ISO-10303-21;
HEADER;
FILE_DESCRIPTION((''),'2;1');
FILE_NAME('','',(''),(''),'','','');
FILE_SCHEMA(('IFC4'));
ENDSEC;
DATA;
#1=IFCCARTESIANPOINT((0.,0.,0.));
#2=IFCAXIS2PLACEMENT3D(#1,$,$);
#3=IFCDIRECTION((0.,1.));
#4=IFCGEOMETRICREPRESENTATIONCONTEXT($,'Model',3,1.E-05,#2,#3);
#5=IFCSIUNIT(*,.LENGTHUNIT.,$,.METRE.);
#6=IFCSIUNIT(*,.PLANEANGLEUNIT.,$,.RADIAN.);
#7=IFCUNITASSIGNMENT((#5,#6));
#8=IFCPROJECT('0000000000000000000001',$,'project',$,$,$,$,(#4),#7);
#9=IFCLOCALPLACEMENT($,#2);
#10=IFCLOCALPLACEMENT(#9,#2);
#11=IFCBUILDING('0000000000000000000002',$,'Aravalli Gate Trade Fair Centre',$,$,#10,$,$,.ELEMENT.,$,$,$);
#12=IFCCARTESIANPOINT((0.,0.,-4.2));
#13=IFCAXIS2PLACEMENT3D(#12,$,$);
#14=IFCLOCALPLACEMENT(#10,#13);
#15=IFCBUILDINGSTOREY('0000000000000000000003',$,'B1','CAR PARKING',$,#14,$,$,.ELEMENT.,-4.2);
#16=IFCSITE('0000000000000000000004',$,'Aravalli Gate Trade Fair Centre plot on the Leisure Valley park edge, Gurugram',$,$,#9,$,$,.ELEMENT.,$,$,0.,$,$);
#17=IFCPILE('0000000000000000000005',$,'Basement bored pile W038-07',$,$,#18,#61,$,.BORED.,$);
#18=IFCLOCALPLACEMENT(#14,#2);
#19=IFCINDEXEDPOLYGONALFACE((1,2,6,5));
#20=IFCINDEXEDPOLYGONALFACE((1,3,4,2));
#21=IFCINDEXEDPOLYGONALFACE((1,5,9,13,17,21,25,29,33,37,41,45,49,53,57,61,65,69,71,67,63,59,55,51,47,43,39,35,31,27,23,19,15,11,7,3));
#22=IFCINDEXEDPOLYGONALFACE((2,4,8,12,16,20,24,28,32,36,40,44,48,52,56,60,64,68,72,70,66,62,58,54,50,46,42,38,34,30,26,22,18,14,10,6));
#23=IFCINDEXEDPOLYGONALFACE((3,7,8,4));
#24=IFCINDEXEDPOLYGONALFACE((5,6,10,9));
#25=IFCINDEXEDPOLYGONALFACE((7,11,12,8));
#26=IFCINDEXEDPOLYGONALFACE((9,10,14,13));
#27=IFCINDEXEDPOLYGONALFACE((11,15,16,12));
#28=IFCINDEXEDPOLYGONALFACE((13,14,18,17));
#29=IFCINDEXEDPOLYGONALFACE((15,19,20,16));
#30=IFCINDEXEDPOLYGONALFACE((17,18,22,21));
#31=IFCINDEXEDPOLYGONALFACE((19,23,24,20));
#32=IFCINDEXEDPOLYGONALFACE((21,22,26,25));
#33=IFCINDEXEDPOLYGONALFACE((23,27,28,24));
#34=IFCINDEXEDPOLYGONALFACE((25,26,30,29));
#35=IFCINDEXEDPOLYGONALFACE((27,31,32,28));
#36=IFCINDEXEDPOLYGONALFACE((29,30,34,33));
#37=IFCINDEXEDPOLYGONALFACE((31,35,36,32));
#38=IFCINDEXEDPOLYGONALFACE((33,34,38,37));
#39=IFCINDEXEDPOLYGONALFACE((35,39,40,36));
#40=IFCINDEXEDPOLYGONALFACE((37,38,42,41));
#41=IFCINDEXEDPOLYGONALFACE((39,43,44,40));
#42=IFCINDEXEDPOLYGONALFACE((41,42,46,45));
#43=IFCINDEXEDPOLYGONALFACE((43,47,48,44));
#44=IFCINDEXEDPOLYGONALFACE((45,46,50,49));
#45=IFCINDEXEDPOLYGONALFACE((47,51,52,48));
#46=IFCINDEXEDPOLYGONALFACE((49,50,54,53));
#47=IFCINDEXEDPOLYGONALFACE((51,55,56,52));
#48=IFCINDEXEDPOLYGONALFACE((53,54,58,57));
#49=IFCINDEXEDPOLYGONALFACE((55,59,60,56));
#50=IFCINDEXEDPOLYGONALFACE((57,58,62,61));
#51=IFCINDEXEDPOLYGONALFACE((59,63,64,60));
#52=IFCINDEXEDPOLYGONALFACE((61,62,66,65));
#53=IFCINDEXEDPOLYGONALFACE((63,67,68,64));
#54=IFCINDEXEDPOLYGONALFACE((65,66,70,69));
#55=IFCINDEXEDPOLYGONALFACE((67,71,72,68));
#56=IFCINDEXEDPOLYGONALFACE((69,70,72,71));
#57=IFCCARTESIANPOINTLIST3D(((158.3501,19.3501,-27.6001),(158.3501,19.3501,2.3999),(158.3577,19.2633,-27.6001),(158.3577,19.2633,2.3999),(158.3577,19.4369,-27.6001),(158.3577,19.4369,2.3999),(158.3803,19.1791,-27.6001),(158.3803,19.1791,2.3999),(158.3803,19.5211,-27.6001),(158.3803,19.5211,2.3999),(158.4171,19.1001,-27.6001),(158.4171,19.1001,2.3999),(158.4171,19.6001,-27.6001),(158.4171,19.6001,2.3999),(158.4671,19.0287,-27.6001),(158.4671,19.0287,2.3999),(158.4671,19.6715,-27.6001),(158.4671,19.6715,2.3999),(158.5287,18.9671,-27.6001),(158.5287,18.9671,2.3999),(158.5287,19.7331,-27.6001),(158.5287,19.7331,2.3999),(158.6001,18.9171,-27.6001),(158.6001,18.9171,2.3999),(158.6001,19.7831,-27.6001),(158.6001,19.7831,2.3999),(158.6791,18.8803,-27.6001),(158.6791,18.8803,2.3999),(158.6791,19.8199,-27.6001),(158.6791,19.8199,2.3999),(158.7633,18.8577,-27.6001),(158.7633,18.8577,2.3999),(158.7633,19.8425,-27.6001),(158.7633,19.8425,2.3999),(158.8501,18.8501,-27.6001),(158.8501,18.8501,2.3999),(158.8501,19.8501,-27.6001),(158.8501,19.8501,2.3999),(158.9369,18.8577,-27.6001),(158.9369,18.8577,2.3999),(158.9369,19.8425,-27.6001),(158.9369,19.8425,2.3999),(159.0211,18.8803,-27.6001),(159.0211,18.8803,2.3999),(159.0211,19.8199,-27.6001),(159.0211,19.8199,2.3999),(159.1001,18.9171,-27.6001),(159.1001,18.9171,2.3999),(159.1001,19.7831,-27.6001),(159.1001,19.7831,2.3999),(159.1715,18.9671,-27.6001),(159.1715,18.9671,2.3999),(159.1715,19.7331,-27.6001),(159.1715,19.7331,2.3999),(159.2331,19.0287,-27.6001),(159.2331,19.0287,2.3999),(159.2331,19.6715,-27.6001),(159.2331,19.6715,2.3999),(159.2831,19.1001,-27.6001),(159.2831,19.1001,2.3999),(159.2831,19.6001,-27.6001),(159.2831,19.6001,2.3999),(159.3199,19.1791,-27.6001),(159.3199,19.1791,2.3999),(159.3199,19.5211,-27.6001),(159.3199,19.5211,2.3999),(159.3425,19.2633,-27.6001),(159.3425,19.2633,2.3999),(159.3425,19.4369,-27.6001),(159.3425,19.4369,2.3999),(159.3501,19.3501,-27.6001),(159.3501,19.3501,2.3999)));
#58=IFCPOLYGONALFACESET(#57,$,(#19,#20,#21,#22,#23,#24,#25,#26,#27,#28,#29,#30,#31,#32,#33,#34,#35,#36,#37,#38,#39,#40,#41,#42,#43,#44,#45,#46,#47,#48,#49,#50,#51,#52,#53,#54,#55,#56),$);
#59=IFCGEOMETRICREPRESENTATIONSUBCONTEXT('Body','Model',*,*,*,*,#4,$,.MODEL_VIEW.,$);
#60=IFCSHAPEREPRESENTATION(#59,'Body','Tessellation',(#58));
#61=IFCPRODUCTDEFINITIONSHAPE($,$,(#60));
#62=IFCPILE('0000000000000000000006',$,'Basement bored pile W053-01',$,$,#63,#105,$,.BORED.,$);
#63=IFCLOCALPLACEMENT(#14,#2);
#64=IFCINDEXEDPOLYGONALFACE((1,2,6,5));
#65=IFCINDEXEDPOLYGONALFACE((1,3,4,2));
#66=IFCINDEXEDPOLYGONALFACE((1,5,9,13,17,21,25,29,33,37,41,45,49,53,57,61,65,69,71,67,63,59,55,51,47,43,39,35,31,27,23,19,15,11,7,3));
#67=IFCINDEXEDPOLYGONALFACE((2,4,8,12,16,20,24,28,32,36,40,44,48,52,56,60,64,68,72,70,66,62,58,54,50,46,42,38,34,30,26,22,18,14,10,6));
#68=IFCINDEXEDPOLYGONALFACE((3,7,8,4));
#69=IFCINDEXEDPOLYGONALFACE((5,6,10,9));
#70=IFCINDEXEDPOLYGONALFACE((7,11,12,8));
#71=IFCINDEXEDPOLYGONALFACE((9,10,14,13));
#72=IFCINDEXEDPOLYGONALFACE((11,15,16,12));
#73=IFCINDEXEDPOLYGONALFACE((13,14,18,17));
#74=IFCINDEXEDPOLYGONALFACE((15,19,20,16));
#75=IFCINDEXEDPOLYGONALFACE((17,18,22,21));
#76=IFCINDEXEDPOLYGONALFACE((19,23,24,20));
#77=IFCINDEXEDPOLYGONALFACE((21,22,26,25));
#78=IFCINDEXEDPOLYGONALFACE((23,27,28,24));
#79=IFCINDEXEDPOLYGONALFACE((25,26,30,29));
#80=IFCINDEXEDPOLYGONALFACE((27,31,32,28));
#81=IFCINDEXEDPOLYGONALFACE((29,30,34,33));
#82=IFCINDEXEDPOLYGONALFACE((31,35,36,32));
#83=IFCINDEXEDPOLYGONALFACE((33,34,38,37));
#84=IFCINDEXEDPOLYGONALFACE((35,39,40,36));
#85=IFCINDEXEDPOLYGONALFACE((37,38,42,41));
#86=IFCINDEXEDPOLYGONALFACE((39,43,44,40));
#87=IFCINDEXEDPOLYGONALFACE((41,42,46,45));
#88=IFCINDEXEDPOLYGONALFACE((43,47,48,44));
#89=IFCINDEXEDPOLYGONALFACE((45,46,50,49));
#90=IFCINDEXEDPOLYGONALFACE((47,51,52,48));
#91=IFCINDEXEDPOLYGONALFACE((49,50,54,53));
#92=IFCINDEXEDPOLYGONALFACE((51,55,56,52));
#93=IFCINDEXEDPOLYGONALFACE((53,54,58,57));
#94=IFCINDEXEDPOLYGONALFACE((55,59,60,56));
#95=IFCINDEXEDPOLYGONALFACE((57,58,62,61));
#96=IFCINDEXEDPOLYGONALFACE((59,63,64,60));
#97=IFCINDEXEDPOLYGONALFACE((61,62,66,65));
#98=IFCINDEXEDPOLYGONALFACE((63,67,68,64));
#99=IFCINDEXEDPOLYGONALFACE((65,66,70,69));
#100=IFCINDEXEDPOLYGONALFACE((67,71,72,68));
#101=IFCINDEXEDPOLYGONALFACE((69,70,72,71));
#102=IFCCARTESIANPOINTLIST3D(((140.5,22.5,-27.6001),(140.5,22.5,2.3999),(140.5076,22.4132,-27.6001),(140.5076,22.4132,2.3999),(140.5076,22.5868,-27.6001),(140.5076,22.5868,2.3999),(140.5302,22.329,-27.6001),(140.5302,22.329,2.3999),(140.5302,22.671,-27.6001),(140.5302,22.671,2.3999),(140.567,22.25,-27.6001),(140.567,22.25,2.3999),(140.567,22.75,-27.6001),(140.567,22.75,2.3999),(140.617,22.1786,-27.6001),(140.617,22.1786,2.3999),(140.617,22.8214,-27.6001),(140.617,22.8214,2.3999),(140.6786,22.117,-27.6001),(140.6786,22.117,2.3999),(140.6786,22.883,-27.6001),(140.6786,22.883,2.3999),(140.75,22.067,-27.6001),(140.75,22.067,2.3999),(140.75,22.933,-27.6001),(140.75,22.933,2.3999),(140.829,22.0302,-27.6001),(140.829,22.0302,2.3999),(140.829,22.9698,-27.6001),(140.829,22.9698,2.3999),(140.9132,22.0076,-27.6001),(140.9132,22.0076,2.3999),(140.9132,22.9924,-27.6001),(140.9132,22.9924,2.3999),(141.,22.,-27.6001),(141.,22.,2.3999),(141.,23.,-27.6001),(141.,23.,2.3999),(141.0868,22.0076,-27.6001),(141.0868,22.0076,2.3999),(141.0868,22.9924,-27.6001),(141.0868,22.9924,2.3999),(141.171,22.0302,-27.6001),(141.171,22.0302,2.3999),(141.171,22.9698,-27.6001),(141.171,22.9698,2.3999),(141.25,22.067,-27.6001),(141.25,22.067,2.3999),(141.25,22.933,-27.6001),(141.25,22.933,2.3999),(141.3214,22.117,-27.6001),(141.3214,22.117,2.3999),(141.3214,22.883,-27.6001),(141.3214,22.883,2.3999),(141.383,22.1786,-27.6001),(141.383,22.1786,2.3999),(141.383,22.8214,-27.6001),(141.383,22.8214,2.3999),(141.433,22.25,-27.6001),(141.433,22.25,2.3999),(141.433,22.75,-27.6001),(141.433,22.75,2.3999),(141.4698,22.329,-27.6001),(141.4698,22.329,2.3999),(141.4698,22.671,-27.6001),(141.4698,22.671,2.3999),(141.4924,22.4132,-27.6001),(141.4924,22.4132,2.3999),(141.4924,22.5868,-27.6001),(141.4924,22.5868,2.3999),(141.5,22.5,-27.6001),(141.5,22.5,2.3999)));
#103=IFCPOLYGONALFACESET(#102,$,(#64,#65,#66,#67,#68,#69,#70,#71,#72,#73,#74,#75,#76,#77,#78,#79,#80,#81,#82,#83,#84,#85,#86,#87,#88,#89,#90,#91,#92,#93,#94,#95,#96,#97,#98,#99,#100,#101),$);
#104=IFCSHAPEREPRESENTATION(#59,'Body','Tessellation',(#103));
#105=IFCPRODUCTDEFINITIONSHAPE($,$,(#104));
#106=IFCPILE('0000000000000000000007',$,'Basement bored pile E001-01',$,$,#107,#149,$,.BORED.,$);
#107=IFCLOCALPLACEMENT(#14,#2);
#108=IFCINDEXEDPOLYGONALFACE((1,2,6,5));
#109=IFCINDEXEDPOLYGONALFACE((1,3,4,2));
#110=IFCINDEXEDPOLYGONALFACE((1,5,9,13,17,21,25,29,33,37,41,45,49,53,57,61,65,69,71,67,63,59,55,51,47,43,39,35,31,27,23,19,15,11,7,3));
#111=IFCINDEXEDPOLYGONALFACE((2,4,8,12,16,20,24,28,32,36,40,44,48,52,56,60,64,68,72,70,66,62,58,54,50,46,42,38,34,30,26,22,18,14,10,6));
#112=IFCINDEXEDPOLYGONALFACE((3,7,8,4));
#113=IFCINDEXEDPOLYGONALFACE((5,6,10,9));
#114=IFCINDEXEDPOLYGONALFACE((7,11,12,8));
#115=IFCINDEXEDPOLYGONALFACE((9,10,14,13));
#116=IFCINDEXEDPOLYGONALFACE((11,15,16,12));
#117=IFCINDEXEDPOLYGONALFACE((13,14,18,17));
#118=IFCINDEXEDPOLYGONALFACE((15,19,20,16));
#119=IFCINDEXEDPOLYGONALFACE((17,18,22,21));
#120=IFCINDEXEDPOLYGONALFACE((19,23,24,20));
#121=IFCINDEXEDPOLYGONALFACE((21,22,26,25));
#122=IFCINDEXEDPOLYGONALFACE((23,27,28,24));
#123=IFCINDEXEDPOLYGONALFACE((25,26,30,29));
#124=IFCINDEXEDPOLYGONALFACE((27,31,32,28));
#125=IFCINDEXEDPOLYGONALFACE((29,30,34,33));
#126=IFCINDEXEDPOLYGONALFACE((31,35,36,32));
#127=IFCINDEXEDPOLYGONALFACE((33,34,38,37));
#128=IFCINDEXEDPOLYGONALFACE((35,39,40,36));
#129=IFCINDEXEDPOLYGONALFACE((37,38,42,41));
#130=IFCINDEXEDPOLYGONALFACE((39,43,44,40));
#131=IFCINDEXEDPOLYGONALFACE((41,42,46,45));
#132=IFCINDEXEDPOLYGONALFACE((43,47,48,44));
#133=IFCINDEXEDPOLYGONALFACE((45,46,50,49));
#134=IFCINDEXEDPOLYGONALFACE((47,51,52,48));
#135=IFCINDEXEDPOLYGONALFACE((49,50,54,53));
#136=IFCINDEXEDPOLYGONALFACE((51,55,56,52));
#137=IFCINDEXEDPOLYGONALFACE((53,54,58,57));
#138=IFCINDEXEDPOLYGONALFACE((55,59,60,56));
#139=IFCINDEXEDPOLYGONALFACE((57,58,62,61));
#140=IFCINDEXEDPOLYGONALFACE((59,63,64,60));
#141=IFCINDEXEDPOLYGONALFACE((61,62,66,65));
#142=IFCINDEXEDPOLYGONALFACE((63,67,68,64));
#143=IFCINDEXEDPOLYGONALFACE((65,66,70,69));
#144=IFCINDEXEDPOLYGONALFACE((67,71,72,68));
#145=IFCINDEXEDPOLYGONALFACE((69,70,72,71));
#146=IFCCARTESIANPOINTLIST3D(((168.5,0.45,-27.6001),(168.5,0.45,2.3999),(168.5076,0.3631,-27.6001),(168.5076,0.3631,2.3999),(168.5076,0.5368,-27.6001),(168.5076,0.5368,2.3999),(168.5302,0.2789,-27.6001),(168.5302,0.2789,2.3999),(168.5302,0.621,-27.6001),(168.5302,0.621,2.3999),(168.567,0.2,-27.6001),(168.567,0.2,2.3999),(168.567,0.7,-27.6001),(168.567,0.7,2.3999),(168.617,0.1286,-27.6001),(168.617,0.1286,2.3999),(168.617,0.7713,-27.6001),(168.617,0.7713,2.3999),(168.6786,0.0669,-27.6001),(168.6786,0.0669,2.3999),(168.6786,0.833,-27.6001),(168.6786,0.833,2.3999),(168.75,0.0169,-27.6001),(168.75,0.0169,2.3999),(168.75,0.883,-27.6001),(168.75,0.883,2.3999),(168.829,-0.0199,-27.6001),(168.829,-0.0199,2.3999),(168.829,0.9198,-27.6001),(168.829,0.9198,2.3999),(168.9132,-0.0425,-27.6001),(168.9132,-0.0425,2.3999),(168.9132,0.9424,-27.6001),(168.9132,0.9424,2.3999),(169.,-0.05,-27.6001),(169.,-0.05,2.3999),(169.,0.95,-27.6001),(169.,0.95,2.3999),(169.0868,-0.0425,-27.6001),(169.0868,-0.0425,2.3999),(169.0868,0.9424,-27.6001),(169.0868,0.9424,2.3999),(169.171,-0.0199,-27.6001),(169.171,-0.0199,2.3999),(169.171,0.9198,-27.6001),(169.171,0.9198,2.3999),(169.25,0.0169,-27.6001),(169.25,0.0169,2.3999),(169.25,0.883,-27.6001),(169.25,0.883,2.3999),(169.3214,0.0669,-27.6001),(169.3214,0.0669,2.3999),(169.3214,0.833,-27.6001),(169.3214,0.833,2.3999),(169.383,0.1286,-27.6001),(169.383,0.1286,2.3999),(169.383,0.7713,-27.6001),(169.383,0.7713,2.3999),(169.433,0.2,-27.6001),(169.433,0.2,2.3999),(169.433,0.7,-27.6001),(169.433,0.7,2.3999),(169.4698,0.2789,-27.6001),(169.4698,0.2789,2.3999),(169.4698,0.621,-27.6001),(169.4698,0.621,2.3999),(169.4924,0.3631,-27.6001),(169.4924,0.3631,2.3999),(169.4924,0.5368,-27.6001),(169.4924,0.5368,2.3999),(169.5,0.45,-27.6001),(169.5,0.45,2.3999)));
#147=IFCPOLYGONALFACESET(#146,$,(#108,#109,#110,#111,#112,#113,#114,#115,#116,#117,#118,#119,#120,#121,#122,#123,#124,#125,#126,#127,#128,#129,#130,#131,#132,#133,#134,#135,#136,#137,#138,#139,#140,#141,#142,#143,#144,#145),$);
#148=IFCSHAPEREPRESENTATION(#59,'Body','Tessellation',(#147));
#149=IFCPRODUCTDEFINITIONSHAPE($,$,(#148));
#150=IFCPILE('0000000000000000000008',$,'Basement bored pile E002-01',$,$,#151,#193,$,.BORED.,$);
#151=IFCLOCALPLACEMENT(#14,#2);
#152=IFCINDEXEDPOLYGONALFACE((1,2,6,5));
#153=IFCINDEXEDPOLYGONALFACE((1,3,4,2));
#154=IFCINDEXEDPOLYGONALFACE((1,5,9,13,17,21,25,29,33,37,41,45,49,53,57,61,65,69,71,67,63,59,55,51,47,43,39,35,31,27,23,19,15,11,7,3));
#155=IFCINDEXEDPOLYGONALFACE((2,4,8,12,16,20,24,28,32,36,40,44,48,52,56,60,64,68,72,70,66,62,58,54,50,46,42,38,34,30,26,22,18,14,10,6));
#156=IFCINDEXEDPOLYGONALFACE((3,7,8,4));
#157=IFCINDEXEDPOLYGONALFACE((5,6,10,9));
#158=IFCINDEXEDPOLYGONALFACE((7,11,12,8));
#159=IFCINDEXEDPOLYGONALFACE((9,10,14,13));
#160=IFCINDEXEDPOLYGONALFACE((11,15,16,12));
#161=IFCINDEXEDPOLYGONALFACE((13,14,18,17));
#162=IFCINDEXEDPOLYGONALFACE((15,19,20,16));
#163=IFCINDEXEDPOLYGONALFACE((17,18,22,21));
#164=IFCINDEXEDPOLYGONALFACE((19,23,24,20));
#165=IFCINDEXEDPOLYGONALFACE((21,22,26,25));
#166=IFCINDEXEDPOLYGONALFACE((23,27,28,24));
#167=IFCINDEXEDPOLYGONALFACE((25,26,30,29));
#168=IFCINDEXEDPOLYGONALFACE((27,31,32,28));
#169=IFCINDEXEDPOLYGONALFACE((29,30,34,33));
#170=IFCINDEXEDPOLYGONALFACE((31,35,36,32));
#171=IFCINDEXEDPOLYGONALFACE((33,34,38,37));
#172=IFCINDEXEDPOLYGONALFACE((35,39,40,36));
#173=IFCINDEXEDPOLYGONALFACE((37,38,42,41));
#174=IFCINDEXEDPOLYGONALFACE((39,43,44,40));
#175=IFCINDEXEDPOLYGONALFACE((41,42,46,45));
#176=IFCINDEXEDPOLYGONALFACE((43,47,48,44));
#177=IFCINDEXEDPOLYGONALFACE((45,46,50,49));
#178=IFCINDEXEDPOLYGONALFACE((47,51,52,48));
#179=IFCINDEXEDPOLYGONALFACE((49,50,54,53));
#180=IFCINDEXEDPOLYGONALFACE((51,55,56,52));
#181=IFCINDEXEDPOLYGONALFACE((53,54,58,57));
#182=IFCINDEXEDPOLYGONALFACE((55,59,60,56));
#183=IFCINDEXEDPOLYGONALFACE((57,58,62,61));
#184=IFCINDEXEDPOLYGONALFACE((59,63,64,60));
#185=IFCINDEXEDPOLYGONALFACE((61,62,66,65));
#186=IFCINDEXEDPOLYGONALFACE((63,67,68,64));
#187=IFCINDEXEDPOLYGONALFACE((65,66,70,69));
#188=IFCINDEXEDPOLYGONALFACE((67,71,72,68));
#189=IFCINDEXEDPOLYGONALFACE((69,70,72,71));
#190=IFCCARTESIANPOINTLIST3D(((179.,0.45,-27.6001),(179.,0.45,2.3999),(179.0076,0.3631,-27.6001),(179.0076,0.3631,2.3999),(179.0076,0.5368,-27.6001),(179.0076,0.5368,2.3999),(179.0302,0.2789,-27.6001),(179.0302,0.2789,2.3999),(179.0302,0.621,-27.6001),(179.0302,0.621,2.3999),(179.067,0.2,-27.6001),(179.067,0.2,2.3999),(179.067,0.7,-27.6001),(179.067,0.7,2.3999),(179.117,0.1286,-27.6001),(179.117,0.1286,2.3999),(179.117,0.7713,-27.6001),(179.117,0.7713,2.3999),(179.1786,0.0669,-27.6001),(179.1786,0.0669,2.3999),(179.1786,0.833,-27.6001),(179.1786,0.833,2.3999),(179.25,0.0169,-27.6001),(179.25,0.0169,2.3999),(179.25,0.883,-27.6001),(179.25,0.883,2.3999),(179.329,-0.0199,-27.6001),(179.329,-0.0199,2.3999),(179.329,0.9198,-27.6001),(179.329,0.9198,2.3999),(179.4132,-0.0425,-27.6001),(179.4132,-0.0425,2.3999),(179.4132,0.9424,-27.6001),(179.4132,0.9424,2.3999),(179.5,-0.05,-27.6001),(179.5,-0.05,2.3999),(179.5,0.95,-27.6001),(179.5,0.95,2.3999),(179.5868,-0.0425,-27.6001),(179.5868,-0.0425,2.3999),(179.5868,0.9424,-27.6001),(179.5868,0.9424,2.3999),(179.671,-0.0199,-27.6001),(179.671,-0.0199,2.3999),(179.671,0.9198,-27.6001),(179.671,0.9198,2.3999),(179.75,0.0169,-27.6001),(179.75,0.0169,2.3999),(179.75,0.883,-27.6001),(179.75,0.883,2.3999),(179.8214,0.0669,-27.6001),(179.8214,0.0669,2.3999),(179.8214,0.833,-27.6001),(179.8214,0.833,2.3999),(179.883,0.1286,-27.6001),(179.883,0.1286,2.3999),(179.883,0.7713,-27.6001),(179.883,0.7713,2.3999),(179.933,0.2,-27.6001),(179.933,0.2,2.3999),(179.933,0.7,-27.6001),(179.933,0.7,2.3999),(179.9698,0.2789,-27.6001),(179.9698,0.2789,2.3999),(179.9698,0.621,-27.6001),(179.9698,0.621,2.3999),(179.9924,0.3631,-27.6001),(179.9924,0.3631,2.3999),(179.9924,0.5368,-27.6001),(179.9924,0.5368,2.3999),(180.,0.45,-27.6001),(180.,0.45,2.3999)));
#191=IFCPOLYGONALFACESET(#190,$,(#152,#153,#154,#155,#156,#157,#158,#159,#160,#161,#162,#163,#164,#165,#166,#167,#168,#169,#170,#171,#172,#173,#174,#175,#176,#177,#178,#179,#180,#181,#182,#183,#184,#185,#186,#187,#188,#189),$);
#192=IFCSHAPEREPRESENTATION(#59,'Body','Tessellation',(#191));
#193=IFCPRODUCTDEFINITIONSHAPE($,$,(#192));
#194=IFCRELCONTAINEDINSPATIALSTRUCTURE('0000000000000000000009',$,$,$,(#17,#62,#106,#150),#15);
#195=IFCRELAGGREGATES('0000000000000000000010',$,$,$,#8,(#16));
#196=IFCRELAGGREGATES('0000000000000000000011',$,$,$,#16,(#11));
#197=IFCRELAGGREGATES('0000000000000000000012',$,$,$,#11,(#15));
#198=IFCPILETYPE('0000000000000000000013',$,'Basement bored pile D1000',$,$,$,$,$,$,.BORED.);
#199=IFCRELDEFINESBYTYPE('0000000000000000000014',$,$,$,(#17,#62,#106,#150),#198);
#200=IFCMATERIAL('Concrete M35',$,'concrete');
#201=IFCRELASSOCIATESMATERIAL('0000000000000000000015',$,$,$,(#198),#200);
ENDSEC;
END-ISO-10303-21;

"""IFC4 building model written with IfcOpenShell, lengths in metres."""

from ifc_helpers import new_model, si_unit, direction, frame, origin, origin_2d, place, context, subcontext, project, spatial, circle, extrude, material, material_profile, profile_set, type_object, element, save


model = new_model("IFC4")

# Units and contexts
model_context = context("Model", 3, precision=1e-05, world=origin(), true_north=direction((0.0, 1.0)))
body_context = subcontext(model_context, "Body", "Model", "MODEL_VIEW")
ifc_project = project(units=[si_unit("LENGTHUNIT", "METRE"), si_unit("PLANEANGLEUNIT", "RADIAN")], contexts=[model_context])

# Site, building, storey
site_placement = place(None, origin())
site = spatial("IfcSite", under=ifc_project, at=site_placement, Name="Aravalli Gate Trade Fair Centre plot on the Leisure Valley park edge, Gurugram", CompositionType="ELEMENT", RefElevation=0.0)
building_placement = place(site_placement, origin())
building = spatial("IfcBuilding", under=site, at=building_placement, Name="Aravalli Gate Trade Fair Centre", CompositionType="ELEMENT")
storey_placement = place(building_placement, frame((0.0, 0.0, -4.2)))
storey = spatial("IfcBuildingStorey", under=building, at=storey_placement, Name="B1", Description="CAR PARKING", CompositionType="ELEMENT", Elevation=-4.2)

# Piles
ifc_material = material(Name="Concrete M35", Category="concrete")
ifc_material_profile = material_profile(ifc_material, circle(Radius=0.5, at=origin_2d()), Name="D1000")
ifc_profile_set = profile_set([ifc_material_profile], Name="Concrete M35")
pile_type = type_object("IfcPileType", Name="Basement bored pile D1000", PredefinedType="BORED", material=ifc_profile_set)
for number, where, z_axis, x_axis, name in (
    (1, (158.8501, 19.3501, 2.3999), (0.0, 0.0, -1.0), (1.0, 0.0, 0.0), "Basement bored pile W038-07"),
    (2, (141.0, 22.5, 2.3999), (0.0, 0.0, -1.0), (1.0, 0.0, 0.0), "Basement bored pile W053-01"),
    (3, (169.0, 0.45, 2.3999), (0.0, 0.0, -1.0), (1.0, 0.0, 0.0), "Basement bored pile E001-01"),
    (4, (179.5, 0.45, 2.3999), (0.0, 0.0, -1.0), (1.0, 0.0, 0.0), "Basement bored pile E002-01"),
):
    element("IfcPile", number, at=place(storey_placement, frame(where, z_axis=z_axis, x_axis=x_axis)), inside=storey, type_object=pile_type, Name=name, PredefinedType="BORED", context=body_context, shape_type="SweptSolid", body=[
        extrude(circle(Radius=0.5, at=origin_2d()), origin(), (0.0, 0.0, 1.0), 30.0),
    ])

save(model, "model.ifc")
